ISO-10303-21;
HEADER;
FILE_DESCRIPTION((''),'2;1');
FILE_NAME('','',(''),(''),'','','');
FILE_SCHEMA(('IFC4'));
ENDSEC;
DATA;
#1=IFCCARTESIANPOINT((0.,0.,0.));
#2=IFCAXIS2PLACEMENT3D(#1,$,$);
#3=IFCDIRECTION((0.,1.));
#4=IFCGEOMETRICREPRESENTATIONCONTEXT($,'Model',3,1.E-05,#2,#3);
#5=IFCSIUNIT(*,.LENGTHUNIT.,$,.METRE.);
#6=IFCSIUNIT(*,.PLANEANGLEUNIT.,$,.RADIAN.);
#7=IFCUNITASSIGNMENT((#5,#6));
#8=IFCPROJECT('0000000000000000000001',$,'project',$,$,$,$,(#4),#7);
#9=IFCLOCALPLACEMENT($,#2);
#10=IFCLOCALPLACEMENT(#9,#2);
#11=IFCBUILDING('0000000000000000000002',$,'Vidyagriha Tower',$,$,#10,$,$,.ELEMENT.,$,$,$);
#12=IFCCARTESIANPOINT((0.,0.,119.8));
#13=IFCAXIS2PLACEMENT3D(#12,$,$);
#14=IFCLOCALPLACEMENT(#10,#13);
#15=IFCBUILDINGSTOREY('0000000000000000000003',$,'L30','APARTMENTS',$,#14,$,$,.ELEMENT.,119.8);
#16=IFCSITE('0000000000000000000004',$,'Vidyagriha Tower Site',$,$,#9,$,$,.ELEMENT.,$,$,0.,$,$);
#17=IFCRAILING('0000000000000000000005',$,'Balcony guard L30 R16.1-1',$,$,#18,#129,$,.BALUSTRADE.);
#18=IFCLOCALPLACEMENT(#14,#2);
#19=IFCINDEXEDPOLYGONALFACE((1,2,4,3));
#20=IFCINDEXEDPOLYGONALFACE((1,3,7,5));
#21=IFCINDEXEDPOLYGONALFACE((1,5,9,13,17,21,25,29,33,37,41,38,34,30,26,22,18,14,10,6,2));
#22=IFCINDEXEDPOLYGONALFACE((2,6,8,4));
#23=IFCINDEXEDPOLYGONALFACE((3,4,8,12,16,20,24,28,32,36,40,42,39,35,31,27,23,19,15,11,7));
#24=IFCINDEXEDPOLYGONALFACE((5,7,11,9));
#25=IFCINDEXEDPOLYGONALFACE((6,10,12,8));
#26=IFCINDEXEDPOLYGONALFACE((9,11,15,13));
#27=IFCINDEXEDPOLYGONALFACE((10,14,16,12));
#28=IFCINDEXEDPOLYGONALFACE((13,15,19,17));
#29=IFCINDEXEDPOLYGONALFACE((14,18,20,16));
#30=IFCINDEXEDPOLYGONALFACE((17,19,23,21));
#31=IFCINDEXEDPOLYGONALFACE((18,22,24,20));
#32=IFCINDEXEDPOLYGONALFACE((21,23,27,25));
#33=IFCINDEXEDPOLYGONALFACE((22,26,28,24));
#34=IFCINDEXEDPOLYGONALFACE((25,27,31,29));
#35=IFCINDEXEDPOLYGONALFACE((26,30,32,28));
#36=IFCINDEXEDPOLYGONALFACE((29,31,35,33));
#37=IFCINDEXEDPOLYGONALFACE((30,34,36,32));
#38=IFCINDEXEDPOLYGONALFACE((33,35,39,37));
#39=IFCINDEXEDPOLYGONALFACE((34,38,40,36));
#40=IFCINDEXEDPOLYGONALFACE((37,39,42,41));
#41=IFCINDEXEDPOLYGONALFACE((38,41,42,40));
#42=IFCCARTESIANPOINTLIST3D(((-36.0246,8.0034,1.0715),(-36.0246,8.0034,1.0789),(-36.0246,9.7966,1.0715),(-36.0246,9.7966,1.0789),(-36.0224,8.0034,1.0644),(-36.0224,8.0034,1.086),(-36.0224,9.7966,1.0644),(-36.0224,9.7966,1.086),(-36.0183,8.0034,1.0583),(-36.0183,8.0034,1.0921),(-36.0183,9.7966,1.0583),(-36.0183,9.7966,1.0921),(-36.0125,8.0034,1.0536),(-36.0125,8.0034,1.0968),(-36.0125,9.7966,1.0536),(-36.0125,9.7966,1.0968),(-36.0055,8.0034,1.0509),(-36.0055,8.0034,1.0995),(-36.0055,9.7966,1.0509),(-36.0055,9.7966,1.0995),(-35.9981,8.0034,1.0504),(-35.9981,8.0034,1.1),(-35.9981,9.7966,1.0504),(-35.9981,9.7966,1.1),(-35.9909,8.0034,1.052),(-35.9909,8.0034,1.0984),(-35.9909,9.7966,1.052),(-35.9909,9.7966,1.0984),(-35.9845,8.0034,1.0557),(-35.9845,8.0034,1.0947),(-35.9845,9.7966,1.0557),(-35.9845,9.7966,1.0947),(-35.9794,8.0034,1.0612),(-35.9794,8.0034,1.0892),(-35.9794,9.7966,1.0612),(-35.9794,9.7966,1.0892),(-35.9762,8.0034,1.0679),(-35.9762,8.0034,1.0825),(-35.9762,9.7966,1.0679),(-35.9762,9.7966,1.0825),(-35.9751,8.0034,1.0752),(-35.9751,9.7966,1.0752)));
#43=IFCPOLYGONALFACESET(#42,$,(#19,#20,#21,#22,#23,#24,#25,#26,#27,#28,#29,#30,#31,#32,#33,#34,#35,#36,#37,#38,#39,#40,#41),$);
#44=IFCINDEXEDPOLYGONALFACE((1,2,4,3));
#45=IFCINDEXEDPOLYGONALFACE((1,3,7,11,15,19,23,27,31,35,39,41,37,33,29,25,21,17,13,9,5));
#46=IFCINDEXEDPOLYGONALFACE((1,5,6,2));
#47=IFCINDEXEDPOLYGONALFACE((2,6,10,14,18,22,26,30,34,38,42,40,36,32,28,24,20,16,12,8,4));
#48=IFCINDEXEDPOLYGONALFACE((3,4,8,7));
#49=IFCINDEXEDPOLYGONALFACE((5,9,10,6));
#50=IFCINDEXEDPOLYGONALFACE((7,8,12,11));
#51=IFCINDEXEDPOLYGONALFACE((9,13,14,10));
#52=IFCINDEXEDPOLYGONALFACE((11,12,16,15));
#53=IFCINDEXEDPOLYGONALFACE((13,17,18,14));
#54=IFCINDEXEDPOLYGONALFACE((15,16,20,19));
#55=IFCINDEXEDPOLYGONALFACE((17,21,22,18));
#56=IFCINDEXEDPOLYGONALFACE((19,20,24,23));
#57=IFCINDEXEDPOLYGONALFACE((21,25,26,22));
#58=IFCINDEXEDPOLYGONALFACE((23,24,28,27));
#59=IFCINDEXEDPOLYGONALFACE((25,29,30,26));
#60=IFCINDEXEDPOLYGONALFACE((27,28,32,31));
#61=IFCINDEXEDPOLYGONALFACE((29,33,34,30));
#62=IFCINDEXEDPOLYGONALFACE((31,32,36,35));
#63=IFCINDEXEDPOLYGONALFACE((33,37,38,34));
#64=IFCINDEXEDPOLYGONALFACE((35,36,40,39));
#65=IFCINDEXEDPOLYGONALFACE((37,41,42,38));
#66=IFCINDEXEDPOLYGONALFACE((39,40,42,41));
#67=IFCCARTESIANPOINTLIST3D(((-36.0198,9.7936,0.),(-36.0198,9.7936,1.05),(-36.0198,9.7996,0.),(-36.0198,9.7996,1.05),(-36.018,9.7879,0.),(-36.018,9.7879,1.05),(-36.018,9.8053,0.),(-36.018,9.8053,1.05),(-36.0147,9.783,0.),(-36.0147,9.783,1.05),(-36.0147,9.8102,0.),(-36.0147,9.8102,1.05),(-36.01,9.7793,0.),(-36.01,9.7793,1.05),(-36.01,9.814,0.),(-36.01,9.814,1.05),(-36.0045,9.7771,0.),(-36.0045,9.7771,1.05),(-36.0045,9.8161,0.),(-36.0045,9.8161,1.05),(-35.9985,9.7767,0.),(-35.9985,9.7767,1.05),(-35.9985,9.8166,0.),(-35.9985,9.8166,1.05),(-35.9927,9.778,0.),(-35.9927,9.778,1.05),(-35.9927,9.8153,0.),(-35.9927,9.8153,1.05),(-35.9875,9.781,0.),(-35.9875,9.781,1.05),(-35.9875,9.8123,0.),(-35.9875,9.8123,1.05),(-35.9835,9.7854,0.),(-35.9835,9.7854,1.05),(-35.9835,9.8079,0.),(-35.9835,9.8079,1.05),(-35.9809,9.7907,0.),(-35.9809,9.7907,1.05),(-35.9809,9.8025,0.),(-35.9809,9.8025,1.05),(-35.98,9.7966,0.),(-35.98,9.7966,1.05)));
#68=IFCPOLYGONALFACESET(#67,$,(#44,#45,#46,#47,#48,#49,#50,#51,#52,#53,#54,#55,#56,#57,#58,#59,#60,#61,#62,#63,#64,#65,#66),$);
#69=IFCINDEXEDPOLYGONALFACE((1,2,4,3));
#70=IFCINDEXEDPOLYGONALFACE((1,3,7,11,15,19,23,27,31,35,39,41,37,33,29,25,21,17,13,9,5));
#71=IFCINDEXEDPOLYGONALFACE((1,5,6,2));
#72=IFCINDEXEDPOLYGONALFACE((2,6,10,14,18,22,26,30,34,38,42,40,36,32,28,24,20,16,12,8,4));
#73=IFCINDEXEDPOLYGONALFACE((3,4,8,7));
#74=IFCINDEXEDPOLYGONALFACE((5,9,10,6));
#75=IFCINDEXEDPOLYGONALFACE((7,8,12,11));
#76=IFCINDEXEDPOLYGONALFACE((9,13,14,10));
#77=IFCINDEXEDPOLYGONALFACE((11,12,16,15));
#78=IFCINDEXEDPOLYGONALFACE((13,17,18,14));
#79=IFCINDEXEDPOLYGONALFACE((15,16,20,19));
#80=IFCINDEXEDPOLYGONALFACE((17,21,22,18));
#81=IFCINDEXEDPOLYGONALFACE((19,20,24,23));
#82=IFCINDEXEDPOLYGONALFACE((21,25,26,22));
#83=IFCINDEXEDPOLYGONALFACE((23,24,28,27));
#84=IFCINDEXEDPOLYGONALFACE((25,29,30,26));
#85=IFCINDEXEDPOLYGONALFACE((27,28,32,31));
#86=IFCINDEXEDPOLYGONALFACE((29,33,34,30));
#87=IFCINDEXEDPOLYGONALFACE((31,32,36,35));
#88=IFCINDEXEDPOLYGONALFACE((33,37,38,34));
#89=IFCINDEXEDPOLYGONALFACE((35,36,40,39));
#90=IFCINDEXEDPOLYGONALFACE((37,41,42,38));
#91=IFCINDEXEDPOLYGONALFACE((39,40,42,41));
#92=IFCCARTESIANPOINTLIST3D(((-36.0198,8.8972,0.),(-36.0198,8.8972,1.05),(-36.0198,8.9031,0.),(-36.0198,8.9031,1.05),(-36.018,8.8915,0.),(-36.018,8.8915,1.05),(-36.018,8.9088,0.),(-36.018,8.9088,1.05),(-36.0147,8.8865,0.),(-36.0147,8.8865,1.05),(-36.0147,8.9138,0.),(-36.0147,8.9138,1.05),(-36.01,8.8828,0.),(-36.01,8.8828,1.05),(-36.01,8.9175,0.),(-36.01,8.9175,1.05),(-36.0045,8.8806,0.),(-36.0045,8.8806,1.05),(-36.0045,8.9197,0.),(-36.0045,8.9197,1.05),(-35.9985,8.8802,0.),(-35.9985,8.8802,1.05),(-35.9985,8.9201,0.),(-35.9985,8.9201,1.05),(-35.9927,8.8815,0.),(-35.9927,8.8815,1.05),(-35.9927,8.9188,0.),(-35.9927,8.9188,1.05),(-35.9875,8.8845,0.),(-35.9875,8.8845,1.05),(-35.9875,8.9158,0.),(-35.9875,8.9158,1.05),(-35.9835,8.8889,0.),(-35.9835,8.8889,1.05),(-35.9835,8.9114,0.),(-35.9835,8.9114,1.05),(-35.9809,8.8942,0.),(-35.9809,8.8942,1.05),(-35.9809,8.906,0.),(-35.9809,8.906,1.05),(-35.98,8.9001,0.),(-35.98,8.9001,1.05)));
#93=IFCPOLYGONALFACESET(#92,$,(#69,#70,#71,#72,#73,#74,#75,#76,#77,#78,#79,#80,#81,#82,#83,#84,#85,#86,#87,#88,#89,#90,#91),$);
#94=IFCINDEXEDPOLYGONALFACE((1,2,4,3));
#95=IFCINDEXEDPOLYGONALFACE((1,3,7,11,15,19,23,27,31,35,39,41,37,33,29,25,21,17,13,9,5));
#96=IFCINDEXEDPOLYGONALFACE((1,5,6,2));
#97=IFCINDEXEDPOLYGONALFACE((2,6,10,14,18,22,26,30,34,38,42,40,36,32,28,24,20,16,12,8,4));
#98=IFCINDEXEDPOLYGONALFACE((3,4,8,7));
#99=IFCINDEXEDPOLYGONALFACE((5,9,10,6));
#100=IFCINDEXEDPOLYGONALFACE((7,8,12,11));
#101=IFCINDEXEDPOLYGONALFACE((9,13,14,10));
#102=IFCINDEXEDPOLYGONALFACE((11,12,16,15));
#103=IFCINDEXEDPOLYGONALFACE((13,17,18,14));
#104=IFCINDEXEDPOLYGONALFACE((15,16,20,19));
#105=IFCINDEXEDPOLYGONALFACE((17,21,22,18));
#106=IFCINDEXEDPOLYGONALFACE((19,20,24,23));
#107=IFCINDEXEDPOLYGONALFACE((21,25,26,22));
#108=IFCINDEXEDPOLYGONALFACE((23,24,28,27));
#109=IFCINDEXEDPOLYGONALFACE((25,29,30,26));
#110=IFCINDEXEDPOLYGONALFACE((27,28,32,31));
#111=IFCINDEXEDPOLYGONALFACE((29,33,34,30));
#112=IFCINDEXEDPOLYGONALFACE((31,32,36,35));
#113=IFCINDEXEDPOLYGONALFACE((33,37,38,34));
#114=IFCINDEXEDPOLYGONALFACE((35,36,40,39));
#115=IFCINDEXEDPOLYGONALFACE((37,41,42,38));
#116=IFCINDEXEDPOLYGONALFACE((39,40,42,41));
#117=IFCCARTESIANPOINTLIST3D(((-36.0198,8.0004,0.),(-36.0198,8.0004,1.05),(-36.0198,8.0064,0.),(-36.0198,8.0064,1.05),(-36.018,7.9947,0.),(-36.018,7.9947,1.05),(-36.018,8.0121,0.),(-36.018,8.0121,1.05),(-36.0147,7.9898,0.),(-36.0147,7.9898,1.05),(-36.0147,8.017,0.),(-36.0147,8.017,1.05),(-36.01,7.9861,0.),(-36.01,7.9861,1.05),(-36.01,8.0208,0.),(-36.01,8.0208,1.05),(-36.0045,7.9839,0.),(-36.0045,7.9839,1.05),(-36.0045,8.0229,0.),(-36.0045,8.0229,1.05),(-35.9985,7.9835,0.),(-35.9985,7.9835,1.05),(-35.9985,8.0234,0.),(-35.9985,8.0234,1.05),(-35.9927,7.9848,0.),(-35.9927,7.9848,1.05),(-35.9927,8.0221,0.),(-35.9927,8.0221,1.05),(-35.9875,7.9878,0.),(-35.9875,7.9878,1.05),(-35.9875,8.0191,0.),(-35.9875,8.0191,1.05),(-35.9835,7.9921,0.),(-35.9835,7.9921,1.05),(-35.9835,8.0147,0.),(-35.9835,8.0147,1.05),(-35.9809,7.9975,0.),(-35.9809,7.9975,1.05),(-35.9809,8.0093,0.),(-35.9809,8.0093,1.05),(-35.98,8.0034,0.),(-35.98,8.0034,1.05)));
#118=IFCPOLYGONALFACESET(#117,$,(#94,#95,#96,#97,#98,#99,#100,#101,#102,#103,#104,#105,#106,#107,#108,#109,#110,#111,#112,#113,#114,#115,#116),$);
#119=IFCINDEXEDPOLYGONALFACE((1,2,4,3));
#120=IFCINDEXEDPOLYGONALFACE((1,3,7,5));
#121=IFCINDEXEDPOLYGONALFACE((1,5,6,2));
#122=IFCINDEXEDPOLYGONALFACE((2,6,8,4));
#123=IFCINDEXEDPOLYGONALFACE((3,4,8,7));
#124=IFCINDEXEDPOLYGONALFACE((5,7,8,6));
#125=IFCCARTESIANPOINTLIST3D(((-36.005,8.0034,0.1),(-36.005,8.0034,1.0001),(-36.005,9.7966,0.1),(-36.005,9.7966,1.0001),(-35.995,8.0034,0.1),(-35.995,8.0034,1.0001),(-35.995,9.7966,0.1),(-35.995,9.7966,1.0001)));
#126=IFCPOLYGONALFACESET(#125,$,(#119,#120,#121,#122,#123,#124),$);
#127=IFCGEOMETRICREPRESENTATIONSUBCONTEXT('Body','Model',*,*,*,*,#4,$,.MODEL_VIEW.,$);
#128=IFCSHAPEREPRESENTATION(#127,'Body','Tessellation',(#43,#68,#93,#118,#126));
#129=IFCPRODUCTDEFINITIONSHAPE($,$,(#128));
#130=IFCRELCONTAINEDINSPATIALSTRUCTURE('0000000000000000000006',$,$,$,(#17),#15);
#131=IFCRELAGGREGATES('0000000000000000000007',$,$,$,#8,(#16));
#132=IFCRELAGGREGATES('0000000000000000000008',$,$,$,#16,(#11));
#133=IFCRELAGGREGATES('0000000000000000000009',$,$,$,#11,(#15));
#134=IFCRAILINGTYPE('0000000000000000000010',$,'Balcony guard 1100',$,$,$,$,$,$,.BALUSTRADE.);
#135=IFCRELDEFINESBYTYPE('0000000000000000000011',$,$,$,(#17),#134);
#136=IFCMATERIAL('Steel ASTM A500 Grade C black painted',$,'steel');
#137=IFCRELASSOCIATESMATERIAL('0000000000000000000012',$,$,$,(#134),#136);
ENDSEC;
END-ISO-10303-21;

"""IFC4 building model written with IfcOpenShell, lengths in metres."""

from ifc_helpers import new_model, si_unit, direction, frame, origin, origin_2d, place, context, subcontext, project, spatial, rectangle, circle, extrude, material, type_object, element, save


model = new_model("IFC4")

# Units and contexts
model_context = context("Model", 3, precision=1e-05, world=origin(), true_north=direction((0.0, 1.0)))
body_context = subcontext(model_context, "Body", "Model", "MODEL_VIEW")
ifc_project = project(units=[si_unit("LENGTHUNIT", "METRE"), si_unit("PLANEANGLEUNIT", "RADIAN")], contexts=[model_context])

# Site, building, storey
site_placement = place(None, origin())
site = spatial("IfcSite", under=ifc_project, at=site_placement, Name="Vidyagriha Tower Site", CompositionType="ELEMENT", RefElevation=0.0)
building_placement = place(site_placement, origin())
building = spatial("IfcBuilding", under=site, at=building_placement, Name="Vidyagriha Tower", CompositionType="ELEMENT")
storey_placement = place(building_placement, frame((0.0, 0.0, 119.8)))
storey = spatial("IfcBuildingStorey", under=building, at=storey_placement, Name="L30", Description="APARTMENTS", CompositionType="ELEMENT", Elevation=119.8)

# Railing
ifc_material_1 = material(Name="Steel ASTM A500 Grade C black painted", Category="steel")
railing_type = type_object("IfcRailingType", Name="Balcony guard 1100", PredefinedType="BALUSTRADE", material=ifc_material_1)
railing_1_placement = place(storey_placement, frame((-36.0, 9.7966, 0.0)))
element("IfcRailing", 1, at=railing_1_placement, inside=storey, type_object=railing_type, Name="Balcony guard L30 R16.1-1", PredefinedType="BALUSTRADE", context=body_context, shape_type="SweptSolid", body=[
    extrude(circle(Radius=0.0249, at=origin_2d()), frame((0.0, 0.0, 1.0752), z_axis=(0.0, -1.0, 0.0), x_axis=(1.0, 0.0, 0.0)), (0.0, 0.0, 1.0), 1.7932),
    extrude(circle(Radius=0.02, at=origin_2d()), origin(), (0.0, 0.0, 1.0), 1.05),
    extrude(circle(Radius=0.02, at=origin_2d()), frame((0.0, -0.8965, 0.0)), (0.0, 0.0, 1.0), 1.05),
    extrude(circle(Radius=0.02, at=origin_2d()), frame((0.0, -1.7932, 0.0)), (0.0, 0.0, 1.0), 1.05),
    extrude(rectangle(XDim=0.01, YDim=0.9001, at=origin_2d()), frame((0.0, 0.0, 0.55), z_axis=(0.0, -1.0, 0.0), x_axis=(1.0, 0.0, 0.0)), (0.0, 0.0, 1.0), 1.7932),
])

save(model, "model.ifc")
